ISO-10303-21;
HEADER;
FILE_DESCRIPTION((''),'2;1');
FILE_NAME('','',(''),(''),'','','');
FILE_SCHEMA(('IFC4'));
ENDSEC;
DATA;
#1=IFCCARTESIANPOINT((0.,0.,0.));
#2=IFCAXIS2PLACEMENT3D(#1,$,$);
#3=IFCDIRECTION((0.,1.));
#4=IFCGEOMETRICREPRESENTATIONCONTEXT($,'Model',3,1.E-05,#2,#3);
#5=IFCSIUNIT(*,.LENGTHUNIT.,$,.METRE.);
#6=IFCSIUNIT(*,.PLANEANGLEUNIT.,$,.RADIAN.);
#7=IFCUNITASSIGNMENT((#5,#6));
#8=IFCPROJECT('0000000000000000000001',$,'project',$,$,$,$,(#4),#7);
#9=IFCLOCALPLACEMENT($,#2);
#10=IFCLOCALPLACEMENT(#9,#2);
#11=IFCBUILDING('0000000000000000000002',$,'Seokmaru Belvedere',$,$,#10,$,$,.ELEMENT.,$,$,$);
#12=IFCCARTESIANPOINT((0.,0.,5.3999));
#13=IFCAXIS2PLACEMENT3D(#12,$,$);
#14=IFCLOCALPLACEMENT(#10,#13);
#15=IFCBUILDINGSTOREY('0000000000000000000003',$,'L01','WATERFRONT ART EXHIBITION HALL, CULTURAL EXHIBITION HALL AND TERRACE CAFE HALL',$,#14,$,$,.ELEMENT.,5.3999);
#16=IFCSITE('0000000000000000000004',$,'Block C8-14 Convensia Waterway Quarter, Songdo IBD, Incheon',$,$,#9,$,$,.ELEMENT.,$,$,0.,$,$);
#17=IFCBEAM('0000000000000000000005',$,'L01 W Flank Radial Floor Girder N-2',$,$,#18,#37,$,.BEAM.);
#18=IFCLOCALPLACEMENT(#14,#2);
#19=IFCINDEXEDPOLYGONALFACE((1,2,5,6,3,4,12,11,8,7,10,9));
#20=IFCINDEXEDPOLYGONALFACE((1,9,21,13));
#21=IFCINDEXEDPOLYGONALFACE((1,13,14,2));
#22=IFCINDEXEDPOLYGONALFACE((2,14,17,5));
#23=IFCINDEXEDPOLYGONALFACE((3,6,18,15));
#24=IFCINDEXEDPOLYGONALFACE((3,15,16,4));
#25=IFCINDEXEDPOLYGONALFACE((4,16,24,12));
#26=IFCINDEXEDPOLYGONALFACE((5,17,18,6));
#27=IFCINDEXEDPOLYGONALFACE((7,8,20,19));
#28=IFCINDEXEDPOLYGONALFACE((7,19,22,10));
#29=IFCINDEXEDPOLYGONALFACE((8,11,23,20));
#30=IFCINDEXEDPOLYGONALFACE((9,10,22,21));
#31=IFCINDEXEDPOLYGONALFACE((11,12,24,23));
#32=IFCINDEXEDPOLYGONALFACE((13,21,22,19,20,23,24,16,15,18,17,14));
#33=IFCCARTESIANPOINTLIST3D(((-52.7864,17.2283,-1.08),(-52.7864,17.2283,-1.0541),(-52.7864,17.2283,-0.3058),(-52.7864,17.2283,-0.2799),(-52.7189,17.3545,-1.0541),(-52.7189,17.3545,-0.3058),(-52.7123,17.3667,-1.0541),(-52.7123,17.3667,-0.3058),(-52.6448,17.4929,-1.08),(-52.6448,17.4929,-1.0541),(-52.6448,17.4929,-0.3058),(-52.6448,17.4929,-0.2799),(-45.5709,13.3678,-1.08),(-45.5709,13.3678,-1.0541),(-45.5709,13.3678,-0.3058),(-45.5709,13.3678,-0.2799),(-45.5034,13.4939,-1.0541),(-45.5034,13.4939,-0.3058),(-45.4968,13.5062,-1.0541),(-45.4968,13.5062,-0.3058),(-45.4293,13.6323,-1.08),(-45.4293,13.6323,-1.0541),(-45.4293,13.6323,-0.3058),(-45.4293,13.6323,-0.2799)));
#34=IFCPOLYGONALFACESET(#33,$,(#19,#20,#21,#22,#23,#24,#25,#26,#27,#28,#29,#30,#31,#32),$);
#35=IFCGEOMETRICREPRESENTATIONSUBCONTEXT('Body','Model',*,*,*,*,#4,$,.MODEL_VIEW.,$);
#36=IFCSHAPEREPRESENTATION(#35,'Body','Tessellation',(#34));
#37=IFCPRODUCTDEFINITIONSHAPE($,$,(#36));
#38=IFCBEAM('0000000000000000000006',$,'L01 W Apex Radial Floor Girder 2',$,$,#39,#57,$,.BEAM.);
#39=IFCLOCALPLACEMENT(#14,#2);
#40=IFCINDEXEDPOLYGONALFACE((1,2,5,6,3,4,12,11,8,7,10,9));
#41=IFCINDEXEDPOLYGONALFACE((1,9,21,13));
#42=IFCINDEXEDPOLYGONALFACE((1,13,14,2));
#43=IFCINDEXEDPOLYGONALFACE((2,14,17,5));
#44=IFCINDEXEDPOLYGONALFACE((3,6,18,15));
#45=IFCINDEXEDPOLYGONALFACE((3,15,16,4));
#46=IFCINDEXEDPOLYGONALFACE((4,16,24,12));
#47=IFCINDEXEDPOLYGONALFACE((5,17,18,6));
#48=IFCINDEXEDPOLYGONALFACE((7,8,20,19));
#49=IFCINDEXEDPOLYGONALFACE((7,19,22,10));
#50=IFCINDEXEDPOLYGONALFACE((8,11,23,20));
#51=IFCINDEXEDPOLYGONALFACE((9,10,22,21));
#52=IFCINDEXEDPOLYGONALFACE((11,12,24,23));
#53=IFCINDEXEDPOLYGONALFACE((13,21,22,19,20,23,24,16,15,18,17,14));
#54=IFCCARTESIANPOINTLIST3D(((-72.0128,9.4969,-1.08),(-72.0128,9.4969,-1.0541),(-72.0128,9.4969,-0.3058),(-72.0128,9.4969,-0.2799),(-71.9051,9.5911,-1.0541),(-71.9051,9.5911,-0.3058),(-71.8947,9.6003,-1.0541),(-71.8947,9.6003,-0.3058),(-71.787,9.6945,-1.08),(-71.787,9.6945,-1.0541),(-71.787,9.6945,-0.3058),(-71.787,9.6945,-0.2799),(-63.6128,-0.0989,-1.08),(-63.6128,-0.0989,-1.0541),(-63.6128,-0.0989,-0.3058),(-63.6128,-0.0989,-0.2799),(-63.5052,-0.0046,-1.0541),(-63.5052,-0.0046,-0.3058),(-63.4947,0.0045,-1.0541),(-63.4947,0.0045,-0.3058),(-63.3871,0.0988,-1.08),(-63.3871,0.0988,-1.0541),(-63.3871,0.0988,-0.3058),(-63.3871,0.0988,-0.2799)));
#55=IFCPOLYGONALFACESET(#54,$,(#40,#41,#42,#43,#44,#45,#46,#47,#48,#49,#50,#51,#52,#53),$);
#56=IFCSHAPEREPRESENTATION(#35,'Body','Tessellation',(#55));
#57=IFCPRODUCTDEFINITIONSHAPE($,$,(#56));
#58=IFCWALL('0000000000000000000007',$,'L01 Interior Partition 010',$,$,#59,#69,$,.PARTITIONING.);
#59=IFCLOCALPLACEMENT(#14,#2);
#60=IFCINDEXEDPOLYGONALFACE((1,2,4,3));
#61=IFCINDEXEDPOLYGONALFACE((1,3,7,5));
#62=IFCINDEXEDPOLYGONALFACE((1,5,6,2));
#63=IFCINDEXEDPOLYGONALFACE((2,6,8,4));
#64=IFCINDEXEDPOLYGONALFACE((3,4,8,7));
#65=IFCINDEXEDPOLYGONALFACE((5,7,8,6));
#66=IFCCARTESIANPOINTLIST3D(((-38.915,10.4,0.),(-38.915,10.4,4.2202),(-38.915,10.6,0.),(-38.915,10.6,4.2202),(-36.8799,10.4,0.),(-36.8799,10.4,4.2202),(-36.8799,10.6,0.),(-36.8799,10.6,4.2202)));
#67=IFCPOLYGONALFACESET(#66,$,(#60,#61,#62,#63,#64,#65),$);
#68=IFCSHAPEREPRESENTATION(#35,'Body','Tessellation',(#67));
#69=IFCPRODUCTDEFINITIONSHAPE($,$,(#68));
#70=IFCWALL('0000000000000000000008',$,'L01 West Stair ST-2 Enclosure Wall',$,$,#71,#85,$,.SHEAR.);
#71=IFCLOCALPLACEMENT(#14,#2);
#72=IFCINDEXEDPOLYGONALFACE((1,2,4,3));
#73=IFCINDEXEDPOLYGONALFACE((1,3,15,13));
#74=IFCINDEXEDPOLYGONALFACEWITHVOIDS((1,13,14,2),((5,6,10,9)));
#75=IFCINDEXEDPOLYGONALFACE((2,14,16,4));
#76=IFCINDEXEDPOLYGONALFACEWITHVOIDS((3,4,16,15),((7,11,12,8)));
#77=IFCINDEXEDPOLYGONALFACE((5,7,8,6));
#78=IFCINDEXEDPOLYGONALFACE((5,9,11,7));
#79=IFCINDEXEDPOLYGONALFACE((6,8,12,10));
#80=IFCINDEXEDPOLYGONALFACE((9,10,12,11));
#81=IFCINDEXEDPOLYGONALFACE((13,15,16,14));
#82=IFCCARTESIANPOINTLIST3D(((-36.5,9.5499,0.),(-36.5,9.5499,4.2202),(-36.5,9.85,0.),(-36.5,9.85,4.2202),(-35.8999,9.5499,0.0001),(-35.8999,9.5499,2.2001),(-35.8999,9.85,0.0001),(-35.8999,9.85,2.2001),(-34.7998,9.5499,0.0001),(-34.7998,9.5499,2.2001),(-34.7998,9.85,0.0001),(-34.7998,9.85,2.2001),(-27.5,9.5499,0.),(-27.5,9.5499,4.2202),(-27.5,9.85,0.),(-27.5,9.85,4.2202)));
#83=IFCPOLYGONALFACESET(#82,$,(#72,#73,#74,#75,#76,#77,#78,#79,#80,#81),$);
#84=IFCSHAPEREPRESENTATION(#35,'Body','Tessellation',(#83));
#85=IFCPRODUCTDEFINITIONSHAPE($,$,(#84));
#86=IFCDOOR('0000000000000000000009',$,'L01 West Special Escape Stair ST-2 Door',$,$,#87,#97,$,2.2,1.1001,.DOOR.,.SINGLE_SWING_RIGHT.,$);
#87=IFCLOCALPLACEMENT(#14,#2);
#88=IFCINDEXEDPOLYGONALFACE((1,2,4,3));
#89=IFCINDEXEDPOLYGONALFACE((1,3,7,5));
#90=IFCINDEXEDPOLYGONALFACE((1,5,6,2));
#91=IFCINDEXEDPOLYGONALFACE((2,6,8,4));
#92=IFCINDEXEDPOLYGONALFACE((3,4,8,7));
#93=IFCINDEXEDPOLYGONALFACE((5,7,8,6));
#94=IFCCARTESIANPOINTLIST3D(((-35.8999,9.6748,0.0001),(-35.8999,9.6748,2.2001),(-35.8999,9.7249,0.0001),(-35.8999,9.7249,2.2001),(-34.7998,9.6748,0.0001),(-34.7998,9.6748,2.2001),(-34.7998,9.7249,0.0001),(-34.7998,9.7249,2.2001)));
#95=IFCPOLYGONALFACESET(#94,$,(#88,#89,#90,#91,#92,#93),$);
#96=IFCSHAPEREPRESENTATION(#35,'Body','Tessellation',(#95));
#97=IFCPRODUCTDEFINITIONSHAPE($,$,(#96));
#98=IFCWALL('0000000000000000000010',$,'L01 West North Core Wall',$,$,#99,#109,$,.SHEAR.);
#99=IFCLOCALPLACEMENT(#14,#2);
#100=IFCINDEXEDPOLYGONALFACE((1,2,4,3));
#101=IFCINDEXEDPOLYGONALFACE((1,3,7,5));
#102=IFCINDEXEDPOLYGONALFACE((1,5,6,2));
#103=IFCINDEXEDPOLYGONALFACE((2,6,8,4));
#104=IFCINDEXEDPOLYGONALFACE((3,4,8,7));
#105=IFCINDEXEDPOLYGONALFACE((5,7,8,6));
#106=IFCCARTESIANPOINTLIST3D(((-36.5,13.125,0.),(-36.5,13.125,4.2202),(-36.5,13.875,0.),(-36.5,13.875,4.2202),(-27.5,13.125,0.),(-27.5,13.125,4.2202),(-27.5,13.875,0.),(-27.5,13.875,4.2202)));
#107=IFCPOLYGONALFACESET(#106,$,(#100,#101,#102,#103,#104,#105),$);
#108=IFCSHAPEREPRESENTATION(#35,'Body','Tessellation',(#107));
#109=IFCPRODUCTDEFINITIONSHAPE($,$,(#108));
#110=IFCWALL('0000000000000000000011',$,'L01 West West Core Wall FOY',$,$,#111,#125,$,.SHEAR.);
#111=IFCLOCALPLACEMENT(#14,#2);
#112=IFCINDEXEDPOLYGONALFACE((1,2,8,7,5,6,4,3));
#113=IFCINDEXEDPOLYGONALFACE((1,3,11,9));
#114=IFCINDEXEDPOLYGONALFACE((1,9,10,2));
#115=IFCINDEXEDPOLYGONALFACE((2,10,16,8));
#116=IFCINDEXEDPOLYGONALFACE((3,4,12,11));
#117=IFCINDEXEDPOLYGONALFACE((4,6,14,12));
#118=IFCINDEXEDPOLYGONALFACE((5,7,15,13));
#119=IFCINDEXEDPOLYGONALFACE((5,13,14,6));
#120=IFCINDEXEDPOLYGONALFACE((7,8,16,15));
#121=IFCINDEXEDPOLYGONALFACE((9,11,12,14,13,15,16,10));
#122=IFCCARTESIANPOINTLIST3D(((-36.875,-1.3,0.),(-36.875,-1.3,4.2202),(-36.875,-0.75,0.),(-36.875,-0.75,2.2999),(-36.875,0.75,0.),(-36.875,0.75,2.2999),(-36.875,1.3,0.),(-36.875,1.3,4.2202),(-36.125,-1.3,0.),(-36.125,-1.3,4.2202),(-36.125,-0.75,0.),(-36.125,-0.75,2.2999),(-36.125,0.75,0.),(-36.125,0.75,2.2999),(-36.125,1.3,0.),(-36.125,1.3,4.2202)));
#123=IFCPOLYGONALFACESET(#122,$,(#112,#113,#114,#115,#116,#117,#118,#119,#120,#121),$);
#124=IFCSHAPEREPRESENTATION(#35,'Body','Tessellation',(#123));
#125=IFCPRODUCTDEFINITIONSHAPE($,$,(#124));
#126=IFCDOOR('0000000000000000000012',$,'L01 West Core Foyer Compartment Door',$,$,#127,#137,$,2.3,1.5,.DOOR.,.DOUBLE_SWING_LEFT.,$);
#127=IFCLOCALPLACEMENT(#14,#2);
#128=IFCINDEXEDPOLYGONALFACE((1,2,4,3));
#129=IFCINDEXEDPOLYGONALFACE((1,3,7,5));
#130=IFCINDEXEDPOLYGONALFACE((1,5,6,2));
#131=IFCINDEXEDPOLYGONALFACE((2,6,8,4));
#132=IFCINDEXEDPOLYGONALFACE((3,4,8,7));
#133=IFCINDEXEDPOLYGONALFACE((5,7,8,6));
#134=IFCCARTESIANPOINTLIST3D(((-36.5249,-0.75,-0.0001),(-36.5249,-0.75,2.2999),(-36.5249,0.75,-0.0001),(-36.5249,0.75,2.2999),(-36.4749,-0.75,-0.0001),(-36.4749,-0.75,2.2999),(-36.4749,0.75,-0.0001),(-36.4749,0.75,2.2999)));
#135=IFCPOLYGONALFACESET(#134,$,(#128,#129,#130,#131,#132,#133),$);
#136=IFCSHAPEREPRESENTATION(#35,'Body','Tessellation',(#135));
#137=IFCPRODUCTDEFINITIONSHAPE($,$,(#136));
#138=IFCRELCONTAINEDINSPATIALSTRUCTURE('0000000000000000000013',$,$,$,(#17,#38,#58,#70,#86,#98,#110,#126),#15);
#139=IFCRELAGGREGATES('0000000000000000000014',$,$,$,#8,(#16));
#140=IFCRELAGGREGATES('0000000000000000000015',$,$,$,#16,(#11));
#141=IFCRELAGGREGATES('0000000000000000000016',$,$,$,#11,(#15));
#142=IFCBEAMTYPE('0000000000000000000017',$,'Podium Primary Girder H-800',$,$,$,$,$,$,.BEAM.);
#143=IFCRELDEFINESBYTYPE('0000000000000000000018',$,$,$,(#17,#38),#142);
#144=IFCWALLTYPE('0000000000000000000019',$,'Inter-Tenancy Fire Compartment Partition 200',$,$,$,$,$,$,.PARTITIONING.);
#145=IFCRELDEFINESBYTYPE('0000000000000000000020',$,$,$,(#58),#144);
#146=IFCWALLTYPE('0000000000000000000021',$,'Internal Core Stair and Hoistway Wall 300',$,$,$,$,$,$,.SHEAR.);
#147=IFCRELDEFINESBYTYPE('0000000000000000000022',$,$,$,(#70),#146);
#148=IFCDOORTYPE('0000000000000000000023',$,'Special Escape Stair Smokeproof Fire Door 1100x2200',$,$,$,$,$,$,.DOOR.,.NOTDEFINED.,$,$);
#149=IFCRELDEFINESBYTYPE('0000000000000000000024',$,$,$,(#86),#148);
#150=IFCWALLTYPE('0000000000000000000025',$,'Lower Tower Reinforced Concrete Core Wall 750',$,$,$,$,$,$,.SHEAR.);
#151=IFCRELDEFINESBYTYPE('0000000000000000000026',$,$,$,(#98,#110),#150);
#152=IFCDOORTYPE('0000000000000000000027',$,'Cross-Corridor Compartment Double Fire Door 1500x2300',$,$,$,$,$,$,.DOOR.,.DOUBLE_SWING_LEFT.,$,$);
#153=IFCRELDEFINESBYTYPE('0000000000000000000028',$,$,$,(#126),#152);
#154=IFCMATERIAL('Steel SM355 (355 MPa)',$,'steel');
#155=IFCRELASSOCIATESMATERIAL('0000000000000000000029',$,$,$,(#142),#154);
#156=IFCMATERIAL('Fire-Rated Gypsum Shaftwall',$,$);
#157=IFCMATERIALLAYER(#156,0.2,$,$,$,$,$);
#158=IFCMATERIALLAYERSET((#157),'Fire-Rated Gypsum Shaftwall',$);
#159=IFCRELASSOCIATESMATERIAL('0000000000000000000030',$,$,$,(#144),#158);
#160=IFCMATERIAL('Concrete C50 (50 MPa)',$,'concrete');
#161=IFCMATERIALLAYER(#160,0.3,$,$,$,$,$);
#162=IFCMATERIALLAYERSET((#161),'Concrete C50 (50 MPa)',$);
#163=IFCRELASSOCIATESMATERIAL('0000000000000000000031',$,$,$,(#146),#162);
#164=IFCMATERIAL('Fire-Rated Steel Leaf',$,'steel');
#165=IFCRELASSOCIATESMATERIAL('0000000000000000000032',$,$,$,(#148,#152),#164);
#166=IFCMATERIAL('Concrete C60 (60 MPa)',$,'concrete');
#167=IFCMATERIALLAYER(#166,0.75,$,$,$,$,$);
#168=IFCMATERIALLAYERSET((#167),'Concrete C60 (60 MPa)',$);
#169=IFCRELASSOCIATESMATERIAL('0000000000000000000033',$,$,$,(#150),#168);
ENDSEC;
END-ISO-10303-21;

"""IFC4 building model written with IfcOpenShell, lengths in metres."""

from ifc_helpers import new_model, si_unit, direction, frame, frame_2d, origin, origin_2d, place, context, subcontext, project, spatial, rectangle, i_section, extrude, source, transform, mapped, material, layer, layer_set, material_profile, profile_set, type_object, type_shapes, element, fill, save


model = new_model("IFC4")

# Units and contexts
model_context = context("Model", 3, precision=1e-05, world=origin(), true_north=direction((0.0, 1.0)))
body_context = subcontext(model_context, "Body", "Model", "MODEL_VIEW")
ifc_project = project(units=[si_unit("LENGTHUNIT", "METRE"), si_unit("PLANEANGLEUNIT", "RADIAN")], contexts=[model_context])

# Site, building, storey
site_placement = place(None, origin())
site = spatial("IfcSite", under=ifc_project, at=site_placement, Name="Block C8-14 Convensia Waterway Quarter, Songdo IBD, Incheon", CompositionType="ELEMENT", RefElevation=0.0)
building_placement = place(site_placement, origin())
building = spatial("IfcBuilding", under=site, at=building_placement, Name="Seokmaru Belvedere", CompositionType="ELEMENT")
storey_placement = place(building_placement, frame((0.0, 0.0, 5.3999)))
storey = spatial("IfcBuildingStorey", under=building, at=storey_placement, Name="L01", Description="WATERFRONT ART EXHIBITION HALL, CULTURAL EXHIBITION HALL AND TERRACE CAFE HALL", CompositionType="ELEMENT", Elevation=5.3999)

# Shared definitions
ifc_material_1 = material(Name="Steel SM355 (355 MPa)", Category="steel")

# Beams
ifc_material_profile_1 = material_profile(ifc_material_1, i_section(OverallWidth=0.3, OverallDepth=0.8, WebThickness=0.0139, FlangeThickness=0.0259, at=origin_2d()), Name="H-800x300x14x26")
ifc_profile_set_1 = profile_set([ifc_material_profile_1], Name="Steel SM355 (355 MPa)")
beam_type_1 = type_object("IfcBeamType", Name="Podium Primary Girder H-800", PredefinedType="BEAM", material=ifc_profile_set_1)
shared_shape_1 = source(origin(), body_context, "Body", "SweptSolid", [
    extrude(i_section(OverallWidth=0.3, OverallDepth=0.8, WebThickness=0.0139, FlangeThickness=0.0259, at=origin_2d()), origin(), (0.0, 0.0, 1.0), 8.1833),
])
beam_1_placement = place(storey_placement, frame((-52.7156, 17.3606, -0.6799), z_axis=(0.881729, -0.471757, 0.0), x_axis=(0.471757, 0.881729, 0.0)))
element("IfcBeam", 1, at=beam_1_placement, inside=storey, type_object=beam_type_1, Name="L01 W Flank Radial Floor Girder N-2", PredefinedType="BEAM", context=body_context, shape_type="MappedRepresentation", body=[
    mapped(shared_shape_1, transform((0.0, 0.0, 0.0), scale=1.0)),
])
shared_shape_2 = source(origin(), body_context, "Body", "SweptSolid", [
    extrude(i_section(OverallWidth=0.3, OverallDepth=0.8, WebThickness=0.0139, FlangeThickness=0.0259, at=origin_2d()), origin(), (0.0, 0.0, 1.0), 12.7529),
])
beam_2_placement = place(storey_placement, frame((-71.8999, 9.5957, -0.6799), z_axis=(0.658667, -0.752434, 0.0), x_axis=(0.752434, 0.658667, 0.0)))
element("IfcBeam", 2, at=beam_2_placement, inside=storey, type_object=beam_type_1, Name="L01 W Apex Radial Floor Girder 2", PredefinedType="BEAM", context=body_context, shape_type="MappedRepresentation", body=[
    mapped(shared_shape_2, transform((0.0, 0.0, 0.0), scale=1.0)),
])

# Wall
ifc_material_2 = material(Name="Fire-Rated Gypsum Shaftwall")
ifc_layer_1 = layer(ifc_material_2, 0.2)
ifc_layer_set_1 = layer_set([ifc_layer_1], Name="Fire-Rated Gypsum Shaftwall")
wall_type_1 = type_object("IfcWallType", Name="Inter-Tenancy Fire Compartment Partition 200", PredefinedType="PARTITIONING", material=ifc_layer_set_1)
wall_1_placement = place(storey_placement, frame((-38.915, 10.5, 0.0), z_axis=(0.0, 0.0, 1.0), x_axis=(1.0, 0.0, 0.0)))
element("IfcWall", 3, at=wall_1_placement, inside=storey, type_object=wall_type_1, Name="L01 Interior Partition 010", PredefinedType="PARTITIONING", context=body_context, shape_type="SweptSolid", body=[
    extrude(rectangle(XDim=2.0352, YDim=0.2, at=frame_2d((1.0176, 0.0))), origin(), (0.0, 0.0, 1.0), 4.2202),
])

# Wall, opening, door
ifc_material_3 = material(Name="Concrete C50 (50 MPa)", Category="concrete")
ifc_layer_2 = layer(ifc_material_3, 0.3)
ifc_layer_set_2 = layer_set([ifc_layer_2], Name="Concrete C50 (50 MPa)")
wall_type_2 = type_object("IfcWallType", Name="Internal Core Stair and Hoistway Wall 300", PredefinedType="SHEAR", material=ifc_layer_set_2)
wall_2_placement = place(storey_placement, frame((-36.5, 9.7, 0.0), z_axis=(0.0, 0.0, 1.0), x_axis=(1.0, 0.0, 0.0)))
wall_2 = element("IfcWall", 4, at=wall_2_placement, inside=storey, type_object=wall_type_2, Name="L01 West Stair ST-2 Enclosure Wall", PredefinedType="SHEAR", context=body_context, shape_type="SweptSolid", body=[
    extrude(rectangle(XDim=9.0, YDim=0.3, at=frame_2d((4.5, 0.0))), origin(), (0.0, 0.0, 1.0), 4.2202),
])
opening_1_placement = place(wall_2_placement, frame((0.6001, 0.0, 0.0)))
opening_1 = element("IfcOpeningElement", 5, at=opening_1_placement, cuts=wall_2, PredefinedType="OPENING", context=body_context, shape_type="SweptSolid", body=[
    extrude(rectangle(XDim=1.1001, YDim=2.2, at=frame_2d((0.55, 1.1001))), frame((0.0, 0.1602, 0.0), z_axis=(0.0, -1.0, 0.0), x_axis=(1.0, 0.0, 0.0)), (0.0, 0.0, 1.0), 0.3201),
])
ifc_material_4 = material(Name="Fire-Rated Steel Leaf", Category="steel")
door_type_1 = type_object("IfcDoorType", Name="Special Escape Stair Smokeproof Fire Door 1100x2200", OperationType="NOTDEFINED", PredefinedType="DOOR", material=ifc_material_4)
shared_shape_3 = source(origin(), body_context, "Body", "SweptSolid", [
    extrude(rectangle(XDim=1.1001, YDim=2.2, at=frame_2d((0.55, 1.1001))), frame((0.0, 0.0249, 0.0), z_axis=(0.0, -1.0, 0.0), x_axis=(1.0, 0.0, 0.0)), (0.0, 0.0, 1.0), 0.05),
])
type_shapes(door_type_1, [shared_shape_3])
door_1_placement = place(opening_1_placement, origin())
door_1 = element("IfcDoor", 6, at=door_1_placement, inside=storey, type_object=door_type_1, Name="L01 West Special Escape Stair ST-2 Door", OperationType="SINGLE_SWING_RIGHT", OverallHeight=2.2, OverallWidth=1.1001, PredefinedType="DOOR", context=body_context, shape_type="MappedRepresentation", body=[
    mapped(shared_shape_3, transform((0.0, 0.0, 0.0), scale=1.0)),
])
fill(opening_1, door_1)

# Wall
ifc_material_5 = material(Name="Concrete C60 (60 MPa)", Category="concrete")
ifc_layer_3 = layer(ifc_material_5, 0.75)
ifc_layer_set_3 = layer_set([ifc_layer_3], Name="Concrete C60 (60 MPa)")
wall_type_3 = type_object("IfcWallType", Name="Lower Tower Reinforced Concrete Core Wall 750", PredefinedType="SHEAR", material=ifc_layer_set_3)
wall_3_placement = place(storey_placement, frame((-36.5, 13.5, 0.0), z_axis=(0.0, 0.0, 1.0), x_axis=(1.0, 0.0, 0.0)))
element("IfcWall", 7, at=wall_3_placement, inside=storey, type_object=wall_type_3, Name="L01 West North Core Wall", PredefinedType="SHEAR", context=body_context, shape_type="SweptSolid", body=[
    extrude(rectangle(XDim=9.0, YDim=0.75, at=frame_2d((4.5, 0.0))), origin(), (0.0, 0.0, 1.0), 4.2202),
])

# Wall, opening, door
wall_4_placement = place(storey_placement, frame((-36.5, -1.3, 0.0), z_axis=(0.0, 0.0, 1.0), x_axis=(0.0, 1.0, 0.0)))
wall_4 = element("IfcWall", 8, at=wall_4_placement, inside=storey, type_object=wall_type_3, Name="L01 West West Core Wall FOY", PredefinedType="SHEAR", context=body_context, shape_type="SweptSolid", body=[
    extrude(rectangle(XDim=2.6001, YDim=0.75, at=frame_2d((1.3, 0.0))), origin(), (0.0, 0.0, 1.0), 4.2202),
])
opening_2_placement = place(wall_4_placement, frame((0.55, 0.0, 0.0)))
opening_2 = element("IfcOpeningElement", 9, at=opening_2_placement, cuts=wall_4, PredefinedType="OPENING", context=body_context, shape_type="SweptSolid", body=[
    extrude(rectangle(XDim=1.5, YDim=2.3, at=frame_2d((0.75, 1.1499))), frame((0.0, 0.385, 0.0), z_axis=(0.0, -1.0, 0.0), x_axis=(1.0, 0.0, 0.0)), (0.0, 0.0, 1.0), 0.77),
])
door_type_2 = type_object("IfcDoorType", Name="Cross-Corridor Compartment Double Fire Door 1500x2300", OperationType="DOUBLE_SWING_LEFT", PredefinedType="DOOR", material=ifc_material_4)
shared_shape_4 = source(origin(), body_context, "Body", "SweptSolid", [
    extrude(rectangle(XDim=1.5, YDim=2.3, at=frame_2d((0.75, 1.1499))), frame((0.0, 0.0249, 0.0), z_axis=(0.0, -1.0, 0.0), x_axis=(1.0, 0.0, 0.0)), (0.0, 0.0, 1.0), 0.05),
])
type_shapes(door_type_2, [shared_shape_4])
door_2_placement = place(opening_2_placement, origin())
door_2 = element("IfcDoor", 10, at=door_2_placement, inside=storey, type_object=door_type_2, Name="L01 West Core Foyer Compartment Door", OperationType="DOUBLE_SWING_LEFT", OverallHeight=2.3, OverallWidth=1.5, PredefinedType="DOOR", context=body_context, shape_type="MappedRepresentation", body=[
    mapped(shared_shape_4, transform((0.0, 0.0, 0.0), scale=1.0)),
])
fill(opening_2, door_2)

save(model, "model.ifc")
